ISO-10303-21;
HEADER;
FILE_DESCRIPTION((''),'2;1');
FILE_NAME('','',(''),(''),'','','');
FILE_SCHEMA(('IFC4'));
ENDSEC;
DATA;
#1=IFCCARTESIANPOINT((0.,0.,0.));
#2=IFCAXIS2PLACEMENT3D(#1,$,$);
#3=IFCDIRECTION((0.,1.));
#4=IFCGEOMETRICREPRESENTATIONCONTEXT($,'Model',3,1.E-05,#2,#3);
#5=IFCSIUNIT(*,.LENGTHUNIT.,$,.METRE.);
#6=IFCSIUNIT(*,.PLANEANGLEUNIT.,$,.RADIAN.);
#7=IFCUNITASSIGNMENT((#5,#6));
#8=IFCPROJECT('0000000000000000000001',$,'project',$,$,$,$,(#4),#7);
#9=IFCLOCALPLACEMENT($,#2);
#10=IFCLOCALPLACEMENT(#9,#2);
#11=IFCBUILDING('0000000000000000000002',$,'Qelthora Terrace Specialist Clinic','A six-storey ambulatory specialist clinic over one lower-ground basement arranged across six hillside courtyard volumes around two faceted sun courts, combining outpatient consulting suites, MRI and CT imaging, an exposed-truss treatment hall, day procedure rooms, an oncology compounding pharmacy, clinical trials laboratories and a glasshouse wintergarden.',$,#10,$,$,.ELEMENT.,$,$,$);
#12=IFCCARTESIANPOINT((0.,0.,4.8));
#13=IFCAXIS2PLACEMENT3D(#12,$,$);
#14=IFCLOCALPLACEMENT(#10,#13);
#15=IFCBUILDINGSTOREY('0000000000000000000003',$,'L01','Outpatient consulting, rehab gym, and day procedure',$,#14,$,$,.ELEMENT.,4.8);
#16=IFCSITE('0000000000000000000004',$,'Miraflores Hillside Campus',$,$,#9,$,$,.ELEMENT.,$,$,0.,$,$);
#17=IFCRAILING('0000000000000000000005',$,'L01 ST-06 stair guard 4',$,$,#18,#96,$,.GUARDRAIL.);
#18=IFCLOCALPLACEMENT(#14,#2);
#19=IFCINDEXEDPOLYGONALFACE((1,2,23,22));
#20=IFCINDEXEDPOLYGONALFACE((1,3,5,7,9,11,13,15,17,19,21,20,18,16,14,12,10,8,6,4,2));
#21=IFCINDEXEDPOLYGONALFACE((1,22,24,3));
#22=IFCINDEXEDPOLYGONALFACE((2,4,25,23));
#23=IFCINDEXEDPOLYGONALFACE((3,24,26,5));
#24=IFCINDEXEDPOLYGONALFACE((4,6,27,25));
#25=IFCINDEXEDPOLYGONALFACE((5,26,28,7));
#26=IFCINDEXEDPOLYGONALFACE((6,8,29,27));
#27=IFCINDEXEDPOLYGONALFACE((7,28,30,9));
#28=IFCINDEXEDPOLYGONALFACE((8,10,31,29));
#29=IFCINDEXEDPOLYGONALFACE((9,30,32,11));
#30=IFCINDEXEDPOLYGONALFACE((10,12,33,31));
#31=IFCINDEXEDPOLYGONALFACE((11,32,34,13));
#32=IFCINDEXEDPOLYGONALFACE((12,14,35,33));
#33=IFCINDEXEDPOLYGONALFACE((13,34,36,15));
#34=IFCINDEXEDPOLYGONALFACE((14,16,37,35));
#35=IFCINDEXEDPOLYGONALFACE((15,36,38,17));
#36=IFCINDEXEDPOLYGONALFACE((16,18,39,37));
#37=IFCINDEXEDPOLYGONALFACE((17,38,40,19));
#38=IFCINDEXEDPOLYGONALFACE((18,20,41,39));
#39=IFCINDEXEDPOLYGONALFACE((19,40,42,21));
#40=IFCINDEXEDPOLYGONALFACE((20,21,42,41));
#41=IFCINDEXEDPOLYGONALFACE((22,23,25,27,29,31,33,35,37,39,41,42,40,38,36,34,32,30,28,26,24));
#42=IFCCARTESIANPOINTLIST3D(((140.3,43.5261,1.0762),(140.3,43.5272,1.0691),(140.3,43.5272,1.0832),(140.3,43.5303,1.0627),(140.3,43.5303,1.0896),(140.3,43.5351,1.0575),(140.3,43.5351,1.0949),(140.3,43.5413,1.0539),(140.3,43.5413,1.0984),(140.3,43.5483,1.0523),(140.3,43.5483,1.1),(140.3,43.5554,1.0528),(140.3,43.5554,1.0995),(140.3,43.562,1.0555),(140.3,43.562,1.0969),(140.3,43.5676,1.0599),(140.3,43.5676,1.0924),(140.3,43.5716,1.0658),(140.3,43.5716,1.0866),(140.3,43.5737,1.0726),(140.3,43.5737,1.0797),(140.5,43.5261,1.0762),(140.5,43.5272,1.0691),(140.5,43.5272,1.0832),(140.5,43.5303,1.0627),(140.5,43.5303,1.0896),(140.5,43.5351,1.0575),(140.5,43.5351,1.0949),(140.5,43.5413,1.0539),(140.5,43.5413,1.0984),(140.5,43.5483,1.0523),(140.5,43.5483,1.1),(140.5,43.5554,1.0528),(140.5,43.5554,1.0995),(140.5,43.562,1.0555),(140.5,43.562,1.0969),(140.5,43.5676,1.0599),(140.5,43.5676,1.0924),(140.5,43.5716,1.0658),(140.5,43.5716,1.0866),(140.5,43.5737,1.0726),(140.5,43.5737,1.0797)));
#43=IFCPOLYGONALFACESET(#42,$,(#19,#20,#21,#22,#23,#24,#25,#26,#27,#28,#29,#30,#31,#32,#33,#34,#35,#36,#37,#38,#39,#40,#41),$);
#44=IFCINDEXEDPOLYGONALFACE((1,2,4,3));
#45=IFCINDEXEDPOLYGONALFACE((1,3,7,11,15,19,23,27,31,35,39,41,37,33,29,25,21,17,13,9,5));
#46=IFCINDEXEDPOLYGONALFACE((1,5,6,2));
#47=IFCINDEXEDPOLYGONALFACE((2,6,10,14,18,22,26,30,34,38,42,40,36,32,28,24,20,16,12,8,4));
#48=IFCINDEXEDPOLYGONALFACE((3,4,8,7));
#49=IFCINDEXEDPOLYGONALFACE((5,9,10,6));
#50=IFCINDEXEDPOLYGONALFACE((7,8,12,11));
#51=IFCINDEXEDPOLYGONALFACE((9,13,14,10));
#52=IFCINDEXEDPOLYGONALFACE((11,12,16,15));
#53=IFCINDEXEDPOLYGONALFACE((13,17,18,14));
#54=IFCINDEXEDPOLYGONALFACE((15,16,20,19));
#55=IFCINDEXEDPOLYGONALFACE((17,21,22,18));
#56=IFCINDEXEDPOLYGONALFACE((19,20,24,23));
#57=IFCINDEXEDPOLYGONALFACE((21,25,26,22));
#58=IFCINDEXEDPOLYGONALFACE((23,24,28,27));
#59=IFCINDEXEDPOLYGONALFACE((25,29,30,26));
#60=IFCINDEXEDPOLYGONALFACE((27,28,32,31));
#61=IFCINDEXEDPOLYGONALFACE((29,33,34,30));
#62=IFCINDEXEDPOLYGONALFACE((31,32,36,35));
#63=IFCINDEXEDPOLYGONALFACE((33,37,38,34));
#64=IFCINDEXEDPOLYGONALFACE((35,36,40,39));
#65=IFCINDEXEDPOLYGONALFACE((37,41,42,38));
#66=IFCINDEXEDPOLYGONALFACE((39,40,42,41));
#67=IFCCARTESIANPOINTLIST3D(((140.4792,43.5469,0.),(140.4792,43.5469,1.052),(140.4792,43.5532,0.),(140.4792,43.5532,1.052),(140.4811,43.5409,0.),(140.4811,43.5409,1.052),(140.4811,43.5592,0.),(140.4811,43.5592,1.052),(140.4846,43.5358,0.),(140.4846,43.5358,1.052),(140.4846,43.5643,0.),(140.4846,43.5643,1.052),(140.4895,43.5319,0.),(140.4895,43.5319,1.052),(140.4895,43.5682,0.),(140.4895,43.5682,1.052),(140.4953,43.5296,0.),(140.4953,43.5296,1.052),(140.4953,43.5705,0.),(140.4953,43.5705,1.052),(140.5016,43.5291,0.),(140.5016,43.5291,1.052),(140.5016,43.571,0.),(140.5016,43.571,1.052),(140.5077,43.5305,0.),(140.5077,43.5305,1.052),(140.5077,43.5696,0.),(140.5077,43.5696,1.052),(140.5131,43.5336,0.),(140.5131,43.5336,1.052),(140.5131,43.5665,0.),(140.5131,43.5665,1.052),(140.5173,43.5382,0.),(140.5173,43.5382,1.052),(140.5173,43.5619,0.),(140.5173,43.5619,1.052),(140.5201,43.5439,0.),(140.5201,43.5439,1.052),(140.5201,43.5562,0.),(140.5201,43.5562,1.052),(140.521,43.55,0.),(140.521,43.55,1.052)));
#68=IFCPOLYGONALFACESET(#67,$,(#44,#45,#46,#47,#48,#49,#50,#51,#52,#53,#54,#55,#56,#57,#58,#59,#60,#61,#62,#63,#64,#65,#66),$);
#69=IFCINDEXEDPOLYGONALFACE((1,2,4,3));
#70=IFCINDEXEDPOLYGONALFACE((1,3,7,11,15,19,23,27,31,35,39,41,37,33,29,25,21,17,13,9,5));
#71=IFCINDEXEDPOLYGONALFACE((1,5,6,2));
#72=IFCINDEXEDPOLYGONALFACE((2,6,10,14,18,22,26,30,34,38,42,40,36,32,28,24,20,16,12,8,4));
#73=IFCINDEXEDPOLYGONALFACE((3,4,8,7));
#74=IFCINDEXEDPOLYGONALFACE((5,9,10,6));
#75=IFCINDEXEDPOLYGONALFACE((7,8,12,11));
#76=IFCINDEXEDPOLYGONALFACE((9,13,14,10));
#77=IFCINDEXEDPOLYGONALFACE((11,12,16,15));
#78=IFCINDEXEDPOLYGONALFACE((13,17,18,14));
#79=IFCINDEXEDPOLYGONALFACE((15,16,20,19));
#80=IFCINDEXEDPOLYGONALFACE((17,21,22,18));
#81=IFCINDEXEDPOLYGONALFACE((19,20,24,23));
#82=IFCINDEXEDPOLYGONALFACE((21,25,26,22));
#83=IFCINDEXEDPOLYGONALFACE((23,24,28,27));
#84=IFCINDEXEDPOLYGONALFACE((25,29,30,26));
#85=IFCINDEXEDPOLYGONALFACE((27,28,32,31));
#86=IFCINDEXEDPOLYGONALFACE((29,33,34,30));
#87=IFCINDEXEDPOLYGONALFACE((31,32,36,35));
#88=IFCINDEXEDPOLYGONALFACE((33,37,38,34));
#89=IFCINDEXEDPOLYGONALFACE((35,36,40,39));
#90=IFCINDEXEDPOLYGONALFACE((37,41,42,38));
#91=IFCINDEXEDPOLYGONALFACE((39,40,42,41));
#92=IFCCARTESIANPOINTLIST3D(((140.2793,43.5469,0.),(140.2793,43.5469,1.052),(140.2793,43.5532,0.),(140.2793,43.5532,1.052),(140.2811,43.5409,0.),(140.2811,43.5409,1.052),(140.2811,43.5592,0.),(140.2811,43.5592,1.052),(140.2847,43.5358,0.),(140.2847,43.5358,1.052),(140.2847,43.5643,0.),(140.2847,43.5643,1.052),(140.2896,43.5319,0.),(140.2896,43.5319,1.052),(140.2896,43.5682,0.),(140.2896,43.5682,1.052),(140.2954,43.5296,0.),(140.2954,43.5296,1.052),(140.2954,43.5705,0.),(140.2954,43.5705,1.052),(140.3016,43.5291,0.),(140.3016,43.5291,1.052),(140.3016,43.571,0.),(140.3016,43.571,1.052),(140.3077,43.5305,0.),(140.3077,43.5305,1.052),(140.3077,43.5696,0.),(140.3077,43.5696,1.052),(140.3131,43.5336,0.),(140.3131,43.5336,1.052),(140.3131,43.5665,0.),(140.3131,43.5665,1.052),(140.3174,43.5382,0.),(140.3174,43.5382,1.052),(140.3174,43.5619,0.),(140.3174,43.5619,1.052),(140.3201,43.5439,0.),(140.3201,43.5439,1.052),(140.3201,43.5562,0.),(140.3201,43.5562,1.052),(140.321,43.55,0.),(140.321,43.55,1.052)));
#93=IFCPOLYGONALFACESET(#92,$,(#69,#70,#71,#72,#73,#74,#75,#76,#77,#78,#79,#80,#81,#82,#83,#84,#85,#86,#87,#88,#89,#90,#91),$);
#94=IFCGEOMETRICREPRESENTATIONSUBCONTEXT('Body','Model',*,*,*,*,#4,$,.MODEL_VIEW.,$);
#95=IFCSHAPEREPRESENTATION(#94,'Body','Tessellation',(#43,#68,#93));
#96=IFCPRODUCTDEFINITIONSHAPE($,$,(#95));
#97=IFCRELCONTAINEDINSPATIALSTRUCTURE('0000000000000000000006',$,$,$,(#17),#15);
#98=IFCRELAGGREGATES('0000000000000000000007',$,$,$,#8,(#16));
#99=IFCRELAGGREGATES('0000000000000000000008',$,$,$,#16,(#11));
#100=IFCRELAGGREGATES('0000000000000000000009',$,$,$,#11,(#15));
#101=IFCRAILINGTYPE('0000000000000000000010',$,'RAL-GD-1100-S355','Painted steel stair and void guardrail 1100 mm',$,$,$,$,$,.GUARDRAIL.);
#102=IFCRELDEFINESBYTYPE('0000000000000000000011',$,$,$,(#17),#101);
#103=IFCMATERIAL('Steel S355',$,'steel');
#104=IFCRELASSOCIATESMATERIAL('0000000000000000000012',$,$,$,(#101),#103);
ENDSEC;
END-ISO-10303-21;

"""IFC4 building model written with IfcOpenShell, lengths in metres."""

from ifc_helpers import new_model, si_unit, direction, frame, origin, origin_2d, place, context, subcontext, project, spatial, circle, extrude, material, type_object, element, save


model = new_model("IFC4")

# Units and contexts
model_context = context("Model", 3, precision=1e-05, world=origin(), true_north=direction((0.0, 1.0)))
body_context = subcontext(model_context, "Body", "Model", "MODEL_VIEW")
ifc_project = project(units=[si_unit("LENGTHUNIT", "METRE"), si_unit("PLANEANGLEUNIT", "RADIAN")], contexts=[model_context])

# Site, building, storey
site_placement = place(None, origin())
site = spatial("IfcSite", under=ifc_project, at=site_placement, Name="Miraflores Hillside Campus", CompositionType="ELEMENT", RefElevation=0.0)
building_placement = place(site_placement, origin())
building = spatial("IfcBuilding", under=site, at=building_placement, Name="Qelthora Terrace Specialist Clinic", Description="A six-storey ambulatory specialist clinic over one lower-ground basement arranged across six hillside courtyard volumes around two faceted sun courts, combining outpatient consulting suites, MRI and CT imaging, an exposed-truss treatment hall, day procedure rooms, an oncology compounding pharmacy, clinical trials laboratories and a glasshouse wintergarden.", CompositionType="ELEMENT")
storey_placement = place(building_placement, frame((0.0, 0.0, 4.8)))
storey = spatial("IfcBuildingStorey", under=building, at=storey_placement, Name="L01", Description="Outpatient consulting, rehab gym, and day procedure", CompositionType="ELEMENT", Elevation=4.8)

# Shared definitions
ifc_material_1 = material(Name="Steel S355", Category="steel")

# Railing
railing_type = type_object("IfcRailingType", Name="RAL-GD-1100-S355", Description="Painted steel stair and void guardrail 1100 mm", PredefinedType="GUARDRAIL", material=ifc_material_1)
railing_1_placement = place(storey_placement, frame((140.5, 43.55, 0.0)))
element("IfcRailing", 1, at=railing_1_placement, inside=storey, type_object=railing_type, Name="L01 ST-06 stair guard 4", PredefinedType="GUARDRAIL", context=body_context, shape_type="SweptSolid", body=[
    extrude(circle(Radius=0.0239, at=origin_2d()), frame((0.0, 0.0, 1.0762), z_axis=(-1.0, 0.0, 0.0), x_axis=(0.0, -1.0, 0.0)), (0.0, 0.0, 1.0), 0.2),
    extrude(circle(Radius=0.021, at=origin_2d()), origin(), (0.0, 0.0, 1.0), 1.052),
    extrude(circle(Radius=0.021, at=origin_2d()), frame((-0.2, 0.0, 0.0)), (0.0, 0.0, 1.0), 1.052),
])

save(model, "model.ifc")
